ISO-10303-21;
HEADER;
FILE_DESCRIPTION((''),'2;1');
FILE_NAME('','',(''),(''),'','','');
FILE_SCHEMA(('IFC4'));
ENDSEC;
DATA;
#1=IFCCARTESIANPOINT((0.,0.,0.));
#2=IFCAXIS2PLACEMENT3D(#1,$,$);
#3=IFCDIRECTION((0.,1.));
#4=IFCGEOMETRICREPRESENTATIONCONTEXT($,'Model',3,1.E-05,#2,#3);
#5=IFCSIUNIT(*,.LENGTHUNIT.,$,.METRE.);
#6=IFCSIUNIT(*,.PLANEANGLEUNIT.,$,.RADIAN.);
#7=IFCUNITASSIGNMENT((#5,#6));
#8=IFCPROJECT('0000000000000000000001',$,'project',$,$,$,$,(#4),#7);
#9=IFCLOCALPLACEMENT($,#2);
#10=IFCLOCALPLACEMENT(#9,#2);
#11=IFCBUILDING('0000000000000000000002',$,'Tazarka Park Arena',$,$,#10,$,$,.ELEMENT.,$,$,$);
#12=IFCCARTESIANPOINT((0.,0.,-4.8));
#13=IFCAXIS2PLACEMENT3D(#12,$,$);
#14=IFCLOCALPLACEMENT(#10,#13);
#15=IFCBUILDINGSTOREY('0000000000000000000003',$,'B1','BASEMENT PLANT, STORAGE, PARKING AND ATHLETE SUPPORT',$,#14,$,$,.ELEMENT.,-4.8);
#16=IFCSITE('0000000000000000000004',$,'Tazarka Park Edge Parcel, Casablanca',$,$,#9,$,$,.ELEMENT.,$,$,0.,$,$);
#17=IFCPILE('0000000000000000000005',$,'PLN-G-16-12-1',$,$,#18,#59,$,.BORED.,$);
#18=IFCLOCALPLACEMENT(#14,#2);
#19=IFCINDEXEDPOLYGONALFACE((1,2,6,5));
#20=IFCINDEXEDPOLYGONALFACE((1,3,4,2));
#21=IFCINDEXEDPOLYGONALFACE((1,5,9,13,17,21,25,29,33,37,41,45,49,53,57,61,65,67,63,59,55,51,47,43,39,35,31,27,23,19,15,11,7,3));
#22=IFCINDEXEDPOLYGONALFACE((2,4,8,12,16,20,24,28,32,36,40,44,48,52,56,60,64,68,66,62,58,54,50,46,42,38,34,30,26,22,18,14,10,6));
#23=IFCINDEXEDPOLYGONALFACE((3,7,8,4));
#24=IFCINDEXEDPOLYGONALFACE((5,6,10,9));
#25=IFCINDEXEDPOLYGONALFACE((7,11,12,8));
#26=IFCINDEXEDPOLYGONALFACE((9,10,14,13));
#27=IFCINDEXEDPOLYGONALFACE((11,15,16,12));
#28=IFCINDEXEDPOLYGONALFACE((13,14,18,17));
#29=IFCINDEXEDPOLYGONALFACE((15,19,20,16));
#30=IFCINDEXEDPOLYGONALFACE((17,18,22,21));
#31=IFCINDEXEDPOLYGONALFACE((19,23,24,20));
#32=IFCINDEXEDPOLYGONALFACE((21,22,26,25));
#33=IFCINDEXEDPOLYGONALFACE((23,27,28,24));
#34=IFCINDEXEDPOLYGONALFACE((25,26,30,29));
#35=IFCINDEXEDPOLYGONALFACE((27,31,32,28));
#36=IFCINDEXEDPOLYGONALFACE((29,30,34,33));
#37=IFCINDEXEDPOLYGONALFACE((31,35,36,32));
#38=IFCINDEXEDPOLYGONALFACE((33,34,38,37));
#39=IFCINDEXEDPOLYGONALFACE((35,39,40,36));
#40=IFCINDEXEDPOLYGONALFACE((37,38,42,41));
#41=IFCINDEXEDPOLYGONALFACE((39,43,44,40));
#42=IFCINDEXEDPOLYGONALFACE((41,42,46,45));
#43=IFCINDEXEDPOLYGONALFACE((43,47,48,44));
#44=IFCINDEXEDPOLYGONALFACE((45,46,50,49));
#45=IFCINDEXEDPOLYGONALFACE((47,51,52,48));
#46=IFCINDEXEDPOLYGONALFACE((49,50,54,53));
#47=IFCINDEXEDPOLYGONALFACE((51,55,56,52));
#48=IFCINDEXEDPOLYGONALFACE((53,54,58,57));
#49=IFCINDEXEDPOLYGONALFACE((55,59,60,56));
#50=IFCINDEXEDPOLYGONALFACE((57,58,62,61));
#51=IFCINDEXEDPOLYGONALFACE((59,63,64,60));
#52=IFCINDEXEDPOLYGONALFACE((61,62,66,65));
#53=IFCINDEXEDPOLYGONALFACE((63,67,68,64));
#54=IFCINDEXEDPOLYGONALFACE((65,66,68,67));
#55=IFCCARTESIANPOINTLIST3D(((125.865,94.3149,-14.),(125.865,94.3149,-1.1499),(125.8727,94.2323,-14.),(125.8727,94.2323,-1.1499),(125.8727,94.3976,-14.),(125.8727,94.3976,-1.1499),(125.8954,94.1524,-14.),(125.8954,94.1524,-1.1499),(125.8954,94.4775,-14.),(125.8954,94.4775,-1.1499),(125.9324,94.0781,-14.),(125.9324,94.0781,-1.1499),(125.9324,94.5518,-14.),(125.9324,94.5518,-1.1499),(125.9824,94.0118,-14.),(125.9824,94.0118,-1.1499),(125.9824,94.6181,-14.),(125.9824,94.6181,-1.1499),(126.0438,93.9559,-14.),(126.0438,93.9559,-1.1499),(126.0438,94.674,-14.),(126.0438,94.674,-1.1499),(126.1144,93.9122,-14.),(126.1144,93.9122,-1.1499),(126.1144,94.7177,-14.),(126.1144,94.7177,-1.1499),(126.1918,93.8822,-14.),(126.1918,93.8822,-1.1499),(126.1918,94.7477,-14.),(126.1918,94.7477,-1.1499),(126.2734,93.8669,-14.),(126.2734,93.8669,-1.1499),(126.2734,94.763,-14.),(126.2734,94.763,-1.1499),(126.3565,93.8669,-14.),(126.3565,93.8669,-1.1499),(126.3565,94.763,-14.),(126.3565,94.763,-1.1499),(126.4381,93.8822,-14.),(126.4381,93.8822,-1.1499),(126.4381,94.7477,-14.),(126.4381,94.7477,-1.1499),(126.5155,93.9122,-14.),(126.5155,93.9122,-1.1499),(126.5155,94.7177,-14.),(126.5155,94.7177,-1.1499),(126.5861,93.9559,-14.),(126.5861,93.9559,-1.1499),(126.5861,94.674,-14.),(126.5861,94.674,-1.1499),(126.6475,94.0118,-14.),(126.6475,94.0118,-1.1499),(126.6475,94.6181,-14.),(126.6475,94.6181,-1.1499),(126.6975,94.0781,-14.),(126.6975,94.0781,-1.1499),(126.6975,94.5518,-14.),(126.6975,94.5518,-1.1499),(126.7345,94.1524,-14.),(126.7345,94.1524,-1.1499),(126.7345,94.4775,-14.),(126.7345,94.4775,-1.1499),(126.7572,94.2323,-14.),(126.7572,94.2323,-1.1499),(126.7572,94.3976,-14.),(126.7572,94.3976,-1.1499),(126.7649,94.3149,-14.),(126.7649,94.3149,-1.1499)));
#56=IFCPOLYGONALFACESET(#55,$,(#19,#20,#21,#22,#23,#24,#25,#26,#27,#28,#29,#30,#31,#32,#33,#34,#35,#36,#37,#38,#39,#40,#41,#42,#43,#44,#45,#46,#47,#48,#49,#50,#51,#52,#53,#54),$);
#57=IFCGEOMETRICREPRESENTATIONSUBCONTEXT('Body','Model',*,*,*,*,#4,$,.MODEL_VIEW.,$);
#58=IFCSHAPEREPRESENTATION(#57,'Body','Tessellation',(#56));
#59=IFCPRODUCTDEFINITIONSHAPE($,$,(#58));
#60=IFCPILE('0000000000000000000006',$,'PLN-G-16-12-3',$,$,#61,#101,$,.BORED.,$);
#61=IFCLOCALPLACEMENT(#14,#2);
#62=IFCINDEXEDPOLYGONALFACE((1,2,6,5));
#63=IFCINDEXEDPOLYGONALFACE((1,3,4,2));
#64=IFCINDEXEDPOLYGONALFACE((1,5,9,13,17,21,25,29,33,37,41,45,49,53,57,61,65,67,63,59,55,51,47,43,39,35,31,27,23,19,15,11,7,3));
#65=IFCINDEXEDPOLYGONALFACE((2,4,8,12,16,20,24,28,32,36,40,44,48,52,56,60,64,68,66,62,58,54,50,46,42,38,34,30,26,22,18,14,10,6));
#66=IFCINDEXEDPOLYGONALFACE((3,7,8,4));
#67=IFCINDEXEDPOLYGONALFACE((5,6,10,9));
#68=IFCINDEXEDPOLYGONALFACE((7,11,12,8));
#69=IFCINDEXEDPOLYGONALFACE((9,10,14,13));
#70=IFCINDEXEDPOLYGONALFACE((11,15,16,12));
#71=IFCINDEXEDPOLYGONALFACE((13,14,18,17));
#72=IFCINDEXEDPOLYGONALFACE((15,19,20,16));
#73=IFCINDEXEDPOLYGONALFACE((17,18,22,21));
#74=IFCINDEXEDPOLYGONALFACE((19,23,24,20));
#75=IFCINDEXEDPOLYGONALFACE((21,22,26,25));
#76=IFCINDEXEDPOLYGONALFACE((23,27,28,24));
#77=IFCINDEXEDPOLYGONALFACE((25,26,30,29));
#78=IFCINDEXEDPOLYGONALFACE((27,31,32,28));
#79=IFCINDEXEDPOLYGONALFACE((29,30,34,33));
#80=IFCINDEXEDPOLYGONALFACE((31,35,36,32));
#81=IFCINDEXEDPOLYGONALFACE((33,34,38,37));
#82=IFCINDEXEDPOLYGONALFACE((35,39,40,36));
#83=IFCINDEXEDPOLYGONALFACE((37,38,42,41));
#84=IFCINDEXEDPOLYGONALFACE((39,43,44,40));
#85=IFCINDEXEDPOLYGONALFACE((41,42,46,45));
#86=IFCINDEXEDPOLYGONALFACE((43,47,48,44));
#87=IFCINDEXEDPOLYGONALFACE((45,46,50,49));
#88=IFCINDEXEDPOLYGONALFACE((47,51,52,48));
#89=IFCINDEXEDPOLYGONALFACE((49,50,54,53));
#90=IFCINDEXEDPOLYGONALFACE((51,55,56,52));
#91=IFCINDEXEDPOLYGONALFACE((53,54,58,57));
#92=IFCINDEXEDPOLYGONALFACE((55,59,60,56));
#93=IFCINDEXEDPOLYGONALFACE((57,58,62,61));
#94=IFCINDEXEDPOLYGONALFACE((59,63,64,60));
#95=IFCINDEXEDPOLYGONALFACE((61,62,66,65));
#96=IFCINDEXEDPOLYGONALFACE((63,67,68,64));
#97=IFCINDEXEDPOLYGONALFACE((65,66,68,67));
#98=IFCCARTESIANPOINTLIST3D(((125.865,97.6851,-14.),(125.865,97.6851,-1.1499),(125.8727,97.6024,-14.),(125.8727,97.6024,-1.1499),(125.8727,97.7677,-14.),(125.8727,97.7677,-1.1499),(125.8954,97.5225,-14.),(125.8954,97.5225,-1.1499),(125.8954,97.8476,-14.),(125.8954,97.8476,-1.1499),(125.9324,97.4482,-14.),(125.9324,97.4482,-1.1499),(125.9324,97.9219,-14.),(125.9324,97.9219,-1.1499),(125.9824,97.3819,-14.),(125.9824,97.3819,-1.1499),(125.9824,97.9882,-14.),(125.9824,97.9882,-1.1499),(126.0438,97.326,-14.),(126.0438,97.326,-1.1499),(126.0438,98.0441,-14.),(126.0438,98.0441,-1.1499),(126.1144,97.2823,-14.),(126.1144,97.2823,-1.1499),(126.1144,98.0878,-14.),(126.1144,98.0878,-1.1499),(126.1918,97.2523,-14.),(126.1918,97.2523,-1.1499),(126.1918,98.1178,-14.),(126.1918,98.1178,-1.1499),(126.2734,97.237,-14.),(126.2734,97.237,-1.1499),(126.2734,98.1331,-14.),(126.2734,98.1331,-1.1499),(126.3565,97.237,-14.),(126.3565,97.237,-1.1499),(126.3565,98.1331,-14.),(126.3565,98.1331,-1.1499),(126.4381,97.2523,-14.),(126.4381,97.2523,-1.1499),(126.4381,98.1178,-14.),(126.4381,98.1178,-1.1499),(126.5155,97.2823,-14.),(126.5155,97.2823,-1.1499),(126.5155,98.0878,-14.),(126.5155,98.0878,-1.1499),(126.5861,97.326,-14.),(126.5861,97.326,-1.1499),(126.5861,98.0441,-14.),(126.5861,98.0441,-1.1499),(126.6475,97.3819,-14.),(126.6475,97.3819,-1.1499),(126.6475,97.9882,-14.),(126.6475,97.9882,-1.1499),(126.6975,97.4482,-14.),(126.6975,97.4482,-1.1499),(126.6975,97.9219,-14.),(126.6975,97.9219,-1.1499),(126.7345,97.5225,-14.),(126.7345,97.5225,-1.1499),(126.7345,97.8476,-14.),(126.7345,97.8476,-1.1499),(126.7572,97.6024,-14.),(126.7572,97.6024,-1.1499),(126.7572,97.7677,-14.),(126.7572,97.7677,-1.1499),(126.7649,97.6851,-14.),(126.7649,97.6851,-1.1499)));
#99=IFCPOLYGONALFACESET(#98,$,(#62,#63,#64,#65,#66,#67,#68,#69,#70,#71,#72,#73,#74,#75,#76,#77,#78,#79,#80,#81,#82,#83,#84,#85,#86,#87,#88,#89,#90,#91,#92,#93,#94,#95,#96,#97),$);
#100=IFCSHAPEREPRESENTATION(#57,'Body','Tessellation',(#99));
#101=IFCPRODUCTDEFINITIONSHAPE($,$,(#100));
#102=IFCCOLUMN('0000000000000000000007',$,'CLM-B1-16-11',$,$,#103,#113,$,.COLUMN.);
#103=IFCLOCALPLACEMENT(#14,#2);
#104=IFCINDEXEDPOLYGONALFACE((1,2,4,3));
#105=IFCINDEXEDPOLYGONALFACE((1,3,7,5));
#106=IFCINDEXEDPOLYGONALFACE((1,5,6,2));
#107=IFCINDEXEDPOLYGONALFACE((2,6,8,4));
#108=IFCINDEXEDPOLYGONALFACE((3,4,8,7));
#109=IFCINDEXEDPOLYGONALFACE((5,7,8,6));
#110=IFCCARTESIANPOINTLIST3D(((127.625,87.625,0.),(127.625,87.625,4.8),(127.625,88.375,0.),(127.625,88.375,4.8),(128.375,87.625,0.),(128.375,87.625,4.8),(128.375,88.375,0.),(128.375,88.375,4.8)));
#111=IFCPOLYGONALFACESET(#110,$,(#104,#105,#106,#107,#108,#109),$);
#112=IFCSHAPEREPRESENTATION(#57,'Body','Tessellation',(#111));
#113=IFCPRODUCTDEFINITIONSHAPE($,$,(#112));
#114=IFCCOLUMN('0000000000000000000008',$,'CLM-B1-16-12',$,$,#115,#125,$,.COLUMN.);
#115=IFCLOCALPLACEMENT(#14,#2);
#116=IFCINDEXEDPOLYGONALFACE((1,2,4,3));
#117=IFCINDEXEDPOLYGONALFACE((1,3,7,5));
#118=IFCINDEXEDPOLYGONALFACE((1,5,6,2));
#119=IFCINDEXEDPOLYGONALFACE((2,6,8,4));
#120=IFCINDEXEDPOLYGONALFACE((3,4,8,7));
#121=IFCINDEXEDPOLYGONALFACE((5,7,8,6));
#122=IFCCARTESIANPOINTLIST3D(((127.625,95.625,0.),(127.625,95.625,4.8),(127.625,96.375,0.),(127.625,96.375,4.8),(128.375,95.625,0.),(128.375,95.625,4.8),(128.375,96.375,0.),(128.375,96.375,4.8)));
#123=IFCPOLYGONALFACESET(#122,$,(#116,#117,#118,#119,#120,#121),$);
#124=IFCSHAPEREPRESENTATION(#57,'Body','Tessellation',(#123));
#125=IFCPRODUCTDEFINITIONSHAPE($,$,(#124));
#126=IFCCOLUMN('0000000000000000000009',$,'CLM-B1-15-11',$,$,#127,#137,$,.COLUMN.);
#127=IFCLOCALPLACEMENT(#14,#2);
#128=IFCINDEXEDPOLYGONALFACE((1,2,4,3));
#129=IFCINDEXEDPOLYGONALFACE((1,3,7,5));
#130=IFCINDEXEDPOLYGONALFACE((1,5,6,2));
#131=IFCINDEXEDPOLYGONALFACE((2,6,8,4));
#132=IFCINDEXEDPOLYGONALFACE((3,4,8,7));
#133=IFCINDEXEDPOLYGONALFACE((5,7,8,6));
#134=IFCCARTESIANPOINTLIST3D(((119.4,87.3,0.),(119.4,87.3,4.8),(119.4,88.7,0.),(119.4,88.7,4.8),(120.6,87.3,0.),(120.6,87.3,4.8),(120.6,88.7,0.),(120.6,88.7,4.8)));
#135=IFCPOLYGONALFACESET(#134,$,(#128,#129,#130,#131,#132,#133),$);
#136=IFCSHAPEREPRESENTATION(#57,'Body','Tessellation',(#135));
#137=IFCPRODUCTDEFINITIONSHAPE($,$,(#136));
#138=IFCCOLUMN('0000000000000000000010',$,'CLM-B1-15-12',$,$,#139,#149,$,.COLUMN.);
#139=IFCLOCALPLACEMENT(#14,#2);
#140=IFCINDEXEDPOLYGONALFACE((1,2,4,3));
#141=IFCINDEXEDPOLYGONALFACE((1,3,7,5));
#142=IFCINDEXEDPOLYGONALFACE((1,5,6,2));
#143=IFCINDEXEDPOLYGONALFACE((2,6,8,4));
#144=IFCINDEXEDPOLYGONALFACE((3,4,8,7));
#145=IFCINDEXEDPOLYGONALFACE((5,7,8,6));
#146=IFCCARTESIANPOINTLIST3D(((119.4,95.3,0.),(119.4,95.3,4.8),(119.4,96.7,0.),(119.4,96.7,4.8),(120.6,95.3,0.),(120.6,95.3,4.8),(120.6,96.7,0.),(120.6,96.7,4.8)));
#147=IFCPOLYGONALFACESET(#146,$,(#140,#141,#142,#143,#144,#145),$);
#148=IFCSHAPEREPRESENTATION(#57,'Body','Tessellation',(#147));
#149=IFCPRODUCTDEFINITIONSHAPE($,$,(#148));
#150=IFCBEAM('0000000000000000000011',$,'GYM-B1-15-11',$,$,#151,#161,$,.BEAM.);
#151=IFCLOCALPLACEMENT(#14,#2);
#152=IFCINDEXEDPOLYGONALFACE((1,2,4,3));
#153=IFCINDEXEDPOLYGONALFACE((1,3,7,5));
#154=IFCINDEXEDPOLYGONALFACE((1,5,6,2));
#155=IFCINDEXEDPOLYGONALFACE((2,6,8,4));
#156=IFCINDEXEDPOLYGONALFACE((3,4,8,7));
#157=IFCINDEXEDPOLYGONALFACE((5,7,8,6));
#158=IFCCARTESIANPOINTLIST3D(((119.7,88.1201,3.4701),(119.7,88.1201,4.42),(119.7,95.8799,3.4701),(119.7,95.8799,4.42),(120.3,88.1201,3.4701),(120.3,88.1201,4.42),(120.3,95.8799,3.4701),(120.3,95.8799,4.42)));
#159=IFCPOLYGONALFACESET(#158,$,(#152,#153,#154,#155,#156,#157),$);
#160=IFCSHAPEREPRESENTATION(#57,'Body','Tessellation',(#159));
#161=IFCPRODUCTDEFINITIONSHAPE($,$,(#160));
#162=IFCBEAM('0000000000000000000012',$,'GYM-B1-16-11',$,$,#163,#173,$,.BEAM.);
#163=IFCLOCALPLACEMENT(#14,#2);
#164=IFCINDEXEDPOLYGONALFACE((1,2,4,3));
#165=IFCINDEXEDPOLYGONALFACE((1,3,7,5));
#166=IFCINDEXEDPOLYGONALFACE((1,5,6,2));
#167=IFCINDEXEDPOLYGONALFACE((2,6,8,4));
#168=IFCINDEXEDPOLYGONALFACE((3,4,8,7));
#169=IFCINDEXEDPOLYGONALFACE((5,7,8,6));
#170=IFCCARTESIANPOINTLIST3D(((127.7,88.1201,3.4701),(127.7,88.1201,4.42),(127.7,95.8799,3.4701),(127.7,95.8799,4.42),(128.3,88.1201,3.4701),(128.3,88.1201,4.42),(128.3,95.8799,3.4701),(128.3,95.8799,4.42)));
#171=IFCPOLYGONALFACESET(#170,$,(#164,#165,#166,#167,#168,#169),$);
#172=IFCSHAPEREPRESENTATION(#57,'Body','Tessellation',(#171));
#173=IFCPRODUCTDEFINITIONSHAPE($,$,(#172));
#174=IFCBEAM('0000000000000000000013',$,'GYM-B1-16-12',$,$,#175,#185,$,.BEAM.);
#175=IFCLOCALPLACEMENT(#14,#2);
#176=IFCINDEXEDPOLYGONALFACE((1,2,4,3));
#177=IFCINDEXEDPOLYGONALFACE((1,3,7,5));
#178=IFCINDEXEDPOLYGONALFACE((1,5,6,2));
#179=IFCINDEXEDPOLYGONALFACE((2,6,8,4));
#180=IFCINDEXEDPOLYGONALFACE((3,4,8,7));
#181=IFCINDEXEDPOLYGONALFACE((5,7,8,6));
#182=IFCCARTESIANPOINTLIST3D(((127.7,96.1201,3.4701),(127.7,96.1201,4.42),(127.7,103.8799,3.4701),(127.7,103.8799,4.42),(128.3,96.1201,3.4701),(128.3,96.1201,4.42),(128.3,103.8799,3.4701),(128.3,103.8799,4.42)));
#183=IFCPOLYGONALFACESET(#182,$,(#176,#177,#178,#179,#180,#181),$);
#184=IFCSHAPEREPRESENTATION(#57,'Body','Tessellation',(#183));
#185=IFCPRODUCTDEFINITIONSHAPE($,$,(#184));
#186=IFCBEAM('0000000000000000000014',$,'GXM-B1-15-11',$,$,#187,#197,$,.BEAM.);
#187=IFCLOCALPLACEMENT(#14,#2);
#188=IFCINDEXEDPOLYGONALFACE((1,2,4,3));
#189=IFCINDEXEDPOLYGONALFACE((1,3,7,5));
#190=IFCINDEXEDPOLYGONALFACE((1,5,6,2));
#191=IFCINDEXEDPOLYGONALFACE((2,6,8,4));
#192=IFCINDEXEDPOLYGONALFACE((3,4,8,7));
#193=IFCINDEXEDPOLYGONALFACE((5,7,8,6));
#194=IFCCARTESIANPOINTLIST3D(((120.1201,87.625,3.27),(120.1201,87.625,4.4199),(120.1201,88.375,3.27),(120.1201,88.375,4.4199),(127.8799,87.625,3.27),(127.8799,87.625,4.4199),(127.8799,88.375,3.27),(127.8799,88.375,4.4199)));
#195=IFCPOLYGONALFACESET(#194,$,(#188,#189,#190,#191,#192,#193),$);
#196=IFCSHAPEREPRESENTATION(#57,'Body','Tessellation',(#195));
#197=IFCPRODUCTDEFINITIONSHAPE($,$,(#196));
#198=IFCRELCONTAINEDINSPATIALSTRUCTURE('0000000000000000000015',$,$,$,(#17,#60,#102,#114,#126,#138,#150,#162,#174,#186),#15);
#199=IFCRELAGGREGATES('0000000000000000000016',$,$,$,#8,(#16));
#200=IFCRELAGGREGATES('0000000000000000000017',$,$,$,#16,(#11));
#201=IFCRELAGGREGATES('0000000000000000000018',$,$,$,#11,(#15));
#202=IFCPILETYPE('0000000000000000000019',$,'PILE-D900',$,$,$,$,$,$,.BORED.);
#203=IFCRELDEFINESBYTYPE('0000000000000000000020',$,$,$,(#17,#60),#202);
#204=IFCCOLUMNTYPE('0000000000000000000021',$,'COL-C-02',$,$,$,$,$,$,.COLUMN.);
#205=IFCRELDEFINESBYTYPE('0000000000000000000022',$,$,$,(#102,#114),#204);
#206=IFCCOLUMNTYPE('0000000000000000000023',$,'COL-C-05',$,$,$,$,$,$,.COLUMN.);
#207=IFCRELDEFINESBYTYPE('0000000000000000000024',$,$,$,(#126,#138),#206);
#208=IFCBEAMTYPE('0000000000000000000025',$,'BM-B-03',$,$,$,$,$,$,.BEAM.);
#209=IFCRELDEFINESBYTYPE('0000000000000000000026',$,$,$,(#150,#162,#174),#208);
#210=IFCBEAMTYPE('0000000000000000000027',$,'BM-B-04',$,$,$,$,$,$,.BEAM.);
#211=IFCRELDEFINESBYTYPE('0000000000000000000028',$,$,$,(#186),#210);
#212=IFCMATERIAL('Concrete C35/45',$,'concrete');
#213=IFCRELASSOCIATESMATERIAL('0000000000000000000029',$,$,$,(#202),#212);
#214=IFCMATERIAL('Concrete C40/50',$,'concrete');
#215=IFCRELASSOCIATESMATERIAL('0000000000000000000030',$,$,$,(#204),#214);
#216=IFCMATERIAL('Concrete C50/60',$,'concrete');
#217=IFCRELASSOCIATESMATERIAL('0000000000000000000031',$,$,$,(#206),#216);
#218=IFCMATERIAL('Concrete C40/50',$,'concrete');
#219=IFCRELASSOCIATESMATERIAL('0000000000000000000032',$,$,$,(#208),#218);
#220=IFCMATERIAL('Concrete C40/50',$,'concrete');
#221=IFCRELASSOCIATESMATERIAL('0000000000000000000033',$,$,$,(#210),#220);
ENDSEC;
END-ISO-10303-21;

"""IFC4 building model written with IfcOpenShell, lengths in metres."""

from ifc_helpers import new_model, si_unit, direction, frame, origin, origin_2d, place, context, subcontext, project, spatial, rectangle, circle, extrude, material, material_profile, profile_set, type_object, element, save


model = new_model("IFC4")

# Units and contexts
model_context = context("Model", 3, precision=1e-05, world=origin(), true_north=direction((0.0, 1.0)))
body_context = subcontext(model_context, "Body", "Model", "MODEL_VIEW")
ifc_project = project(units=[si_unit("LENGTHUNIT", "METRE"), si_unit("PLANEANGLEUNIT", "RADIAN")], contexts=[model_context])

# Site, building, storey
site_placement = place(None, origin())
site = spatial("IfcSite", under=ifc_project, at=site_placement, Name="Tazarka Park Edge Parcel, Casablanca", CompositionType="ELEMENT", RefElevation=0.0)
building_placement = place(site_placement, origin())
building = spatial("IfcBuilding", under=site, at=building_placement, Name="Tazarka Park Arena", CompositionType="ELEMENT")
storey_placement = place(building_placement, frame((0.0, 0.0, -4.8)))
storey = spatial("IfcBuildingStorey", under=building, at=storey_placement, Name="B1", Description="BASEMENT PLANT, STORAGE, PARKING AND ATHLETE SUPPORT", CompositionType="ELEMENT", Elevation=-4.8)

# Piles
ifc_material_1 = material(Name="Concrete C35/45", Category="concrete")
ifc_material_profile_1 = material_profile(ifc_material_1, circle(Radius=0.45, at=origin_2d()), Name="Concrete C35/45")
ifc_profile_set_1 = profile_set([ifc_material_profile_1], Name="Concrete C35/45")
pile_type_1 = type_object("IfcPileType", Name="PILE-D900", PredefinedType="BORED", material=ifc_profile_set_1)
for number, where, z_axis, x_axis, name in (
    (1, (126.3149, 94.3149, -1.1499), (0.0, 0.0, -1.0), (1.0, 0.0, 0.0), "PLN-G-16-12-1"),
    (2, (126.3149, 97.6851, -1.1499), (0.0, 0.0, -1.0), (1.0, 0.0, 0.0), "PLN-G-16-12-3"),
):
    element("IfcPile", number, at=place(storey_placement, frame(where, z_axis=z_axis, x_axis=x_axis)), inside=storey, type_object=pile_type_1, Name=name, PredefinedType="BORED", context=body_context, shape_type="SweptSolid", body=[
        extrude(circle(Radius=0.45, at=origin_2d()), origin(), (0.0, 0.0, 1.0), 12.8501),
    ])

# Columns
ifc_material_2 = material(Name="Concrete C40/50", Category="concrete")
ifc_material_profile_2 = material_profile(ifc_material_2, rectangle(XDim=0.75, YDim=0.75, at=origin_2d()), Name="Concrete C40/50")
ifc_profile_set_2 = profile_set([ifc_material_profile_2], Name="Concrete C40/50")
column_type_1 = type_object("IfcColumnType", Name="COL-C-02", PredefinedType="COLUMN", material=ifc_profile_set_2)
for number, where, z_axis, x_axis, name in (
    (3, (128.0, 88.0, 0.0), (0.0, 0.0, 1.0), (1.0, 0.0, 0.0), "CLM-B1-16-11"),
    (4, (128.0, 96.0, 0.0), (0.0, 0.0, 1.0), (1.0, 0.0, 0.0), "CLM-B1-16-12"),
):
    element("IfcColumn", number, at=place(storey_placement, frame(where, z_axis=z_axis, x_axis=x_axis)), inside=storey, type_object=column_type_1, Name=name, PredefinedType="COLUMN", context=body_context, shape_type="SweptSolid", body=[
        extrude(rectangle(XDim=0.75, YDim=0.75, at=origin_2d()), origin(), (0.0, 0.0, 1.0), 4.8),
    ])
ifc_material_3 = material(Name="Concrete C50/60", Category="concrete")
ifc_material_profile_3 = material_profile(ifc_material_3, rectangle(XDim=1.2, YDim=1.3999, at=origin_2d()), Name="Concrete C50/60")
ifc_profile_set_3 = profile_set([ifc_material_profile_3], Name="Concrete C50/60")
column_type_2 = type_object("IfcColumnType", Name="COL-C-05", PredefinedType="COLUMN", material=ifc_profile_set_3)
for number, where, z_axis, x_axis, name in (
    (5, (120.0, 88.0, 0.0), (0.0, 0.0, 1.0), (1.0, 0.0, 0.0), "CLM-B1-15-11"),
    (6, (120.0, 96.0, 0.0), (0.0, 0.0, 1.0), (1.0, 0.0, 0.0), "CLM-B1-15-12"),
):
    element("IfcColumn", number, at=place(storey_placement, frame(where, z_axis=z_axis, x_axis=x_axis)), inside=storey, type_object=column_type_2, Name=name, PredefinedType="COLUMN", context=body_context, shape_type="SweptSolid", body=[
        extrude(rectangle(XDim=1.2, YDim=1.3999, at=origin_2d()), origin(), (0.0, 0.0, 1.0), 4.8),
    ])

# Beams
ifc_material_4 = material(Name="Concrete C40/50", Category="concrete")
ifc_material_profile_4 = material_profile(ifc_material_4, rectangle(XDim=0.6001, YDim=0.95, at=origin_2d()), Name="Concrete C40/50")
ifc_profile_set_4 = profile_set([ifc_material_profile_4], Name="Concrete C40/50")
beam_type_1 = type_object("IfcBeamType", Name="BM-B-03", PredefinedType="BEAM", material=ifc_profile_set_4)
for number, where, z_axis, x_axis, name in (
    (7, (120.0, 88.1201, 3.9451), (0.0, 1.0, 0.0), (-1.0, 0.0, 0.0), "GYM-B1-15-11"),
    (8, (128.0, 88.1201, 3.9451), (0.0, 1.0, 0.0), (-1.0, 0.0, 0.0), "GYM-B1-16-11"),
    (9, (128.0, 96.1201, 3.9451), (0.0, 1.0, 0.0), (-1.0, 0.0, 0.0), "GYM-B1-16-12"),
):
    element("IfcBeam", number, at=place(storey_placement, frame(where, z_axis=z_axis, x_axis=x_axis)), inside=storey, type_object=beam_type_1, Name=name, PredefinedType="BEAM", context=body_context, shape_type="SweptSolid", body=[
        extrude(rectangle(XDim=0.6001, YDim=0.95, at=origin_2d()), origin(), (0.0, 0.0, 1.0), 7.7598),
    ])
ifc_material_5 = material(Name="Concrete C40/50", Category="concrete")
ifc_material_profile_5 = material_profile(ifc_material_5, rectangle(XDim=0.75, YDim=1.1499, at=origin_2d()), Name="Concrete C40/50")
ifc_profile_set_5 = profile_set([ifc_material_profile_5], Name="Concrete C40/50")
beam_type_2 = type_object("IfcBeamType", Name="BM-B-04", PredefinedType="BEAM", material=ifc_profile_set_5)
beam_1_placement = place(storey_placement, frame((120.1201, 88.0, 3.845), z_axis=(1.0, 0.0, 0.0), x_axis=(0.0, 1.0, 0.0)))
element("IfcBeam", 10, at=beam_1_placement, inside=storey, type_object=beam_type_2, Name="GXM-B1-15-11", PredefinedType="BEAM", context=body_context, shape_type="SweptSolid", body=[
    extrude(rectangle(XDim=0.75, YDim=1.1499, at=origin_2d()), origin(), (0.0, 0.0, 1.0), 7.7598),
])

save(model, "model.ifc")
